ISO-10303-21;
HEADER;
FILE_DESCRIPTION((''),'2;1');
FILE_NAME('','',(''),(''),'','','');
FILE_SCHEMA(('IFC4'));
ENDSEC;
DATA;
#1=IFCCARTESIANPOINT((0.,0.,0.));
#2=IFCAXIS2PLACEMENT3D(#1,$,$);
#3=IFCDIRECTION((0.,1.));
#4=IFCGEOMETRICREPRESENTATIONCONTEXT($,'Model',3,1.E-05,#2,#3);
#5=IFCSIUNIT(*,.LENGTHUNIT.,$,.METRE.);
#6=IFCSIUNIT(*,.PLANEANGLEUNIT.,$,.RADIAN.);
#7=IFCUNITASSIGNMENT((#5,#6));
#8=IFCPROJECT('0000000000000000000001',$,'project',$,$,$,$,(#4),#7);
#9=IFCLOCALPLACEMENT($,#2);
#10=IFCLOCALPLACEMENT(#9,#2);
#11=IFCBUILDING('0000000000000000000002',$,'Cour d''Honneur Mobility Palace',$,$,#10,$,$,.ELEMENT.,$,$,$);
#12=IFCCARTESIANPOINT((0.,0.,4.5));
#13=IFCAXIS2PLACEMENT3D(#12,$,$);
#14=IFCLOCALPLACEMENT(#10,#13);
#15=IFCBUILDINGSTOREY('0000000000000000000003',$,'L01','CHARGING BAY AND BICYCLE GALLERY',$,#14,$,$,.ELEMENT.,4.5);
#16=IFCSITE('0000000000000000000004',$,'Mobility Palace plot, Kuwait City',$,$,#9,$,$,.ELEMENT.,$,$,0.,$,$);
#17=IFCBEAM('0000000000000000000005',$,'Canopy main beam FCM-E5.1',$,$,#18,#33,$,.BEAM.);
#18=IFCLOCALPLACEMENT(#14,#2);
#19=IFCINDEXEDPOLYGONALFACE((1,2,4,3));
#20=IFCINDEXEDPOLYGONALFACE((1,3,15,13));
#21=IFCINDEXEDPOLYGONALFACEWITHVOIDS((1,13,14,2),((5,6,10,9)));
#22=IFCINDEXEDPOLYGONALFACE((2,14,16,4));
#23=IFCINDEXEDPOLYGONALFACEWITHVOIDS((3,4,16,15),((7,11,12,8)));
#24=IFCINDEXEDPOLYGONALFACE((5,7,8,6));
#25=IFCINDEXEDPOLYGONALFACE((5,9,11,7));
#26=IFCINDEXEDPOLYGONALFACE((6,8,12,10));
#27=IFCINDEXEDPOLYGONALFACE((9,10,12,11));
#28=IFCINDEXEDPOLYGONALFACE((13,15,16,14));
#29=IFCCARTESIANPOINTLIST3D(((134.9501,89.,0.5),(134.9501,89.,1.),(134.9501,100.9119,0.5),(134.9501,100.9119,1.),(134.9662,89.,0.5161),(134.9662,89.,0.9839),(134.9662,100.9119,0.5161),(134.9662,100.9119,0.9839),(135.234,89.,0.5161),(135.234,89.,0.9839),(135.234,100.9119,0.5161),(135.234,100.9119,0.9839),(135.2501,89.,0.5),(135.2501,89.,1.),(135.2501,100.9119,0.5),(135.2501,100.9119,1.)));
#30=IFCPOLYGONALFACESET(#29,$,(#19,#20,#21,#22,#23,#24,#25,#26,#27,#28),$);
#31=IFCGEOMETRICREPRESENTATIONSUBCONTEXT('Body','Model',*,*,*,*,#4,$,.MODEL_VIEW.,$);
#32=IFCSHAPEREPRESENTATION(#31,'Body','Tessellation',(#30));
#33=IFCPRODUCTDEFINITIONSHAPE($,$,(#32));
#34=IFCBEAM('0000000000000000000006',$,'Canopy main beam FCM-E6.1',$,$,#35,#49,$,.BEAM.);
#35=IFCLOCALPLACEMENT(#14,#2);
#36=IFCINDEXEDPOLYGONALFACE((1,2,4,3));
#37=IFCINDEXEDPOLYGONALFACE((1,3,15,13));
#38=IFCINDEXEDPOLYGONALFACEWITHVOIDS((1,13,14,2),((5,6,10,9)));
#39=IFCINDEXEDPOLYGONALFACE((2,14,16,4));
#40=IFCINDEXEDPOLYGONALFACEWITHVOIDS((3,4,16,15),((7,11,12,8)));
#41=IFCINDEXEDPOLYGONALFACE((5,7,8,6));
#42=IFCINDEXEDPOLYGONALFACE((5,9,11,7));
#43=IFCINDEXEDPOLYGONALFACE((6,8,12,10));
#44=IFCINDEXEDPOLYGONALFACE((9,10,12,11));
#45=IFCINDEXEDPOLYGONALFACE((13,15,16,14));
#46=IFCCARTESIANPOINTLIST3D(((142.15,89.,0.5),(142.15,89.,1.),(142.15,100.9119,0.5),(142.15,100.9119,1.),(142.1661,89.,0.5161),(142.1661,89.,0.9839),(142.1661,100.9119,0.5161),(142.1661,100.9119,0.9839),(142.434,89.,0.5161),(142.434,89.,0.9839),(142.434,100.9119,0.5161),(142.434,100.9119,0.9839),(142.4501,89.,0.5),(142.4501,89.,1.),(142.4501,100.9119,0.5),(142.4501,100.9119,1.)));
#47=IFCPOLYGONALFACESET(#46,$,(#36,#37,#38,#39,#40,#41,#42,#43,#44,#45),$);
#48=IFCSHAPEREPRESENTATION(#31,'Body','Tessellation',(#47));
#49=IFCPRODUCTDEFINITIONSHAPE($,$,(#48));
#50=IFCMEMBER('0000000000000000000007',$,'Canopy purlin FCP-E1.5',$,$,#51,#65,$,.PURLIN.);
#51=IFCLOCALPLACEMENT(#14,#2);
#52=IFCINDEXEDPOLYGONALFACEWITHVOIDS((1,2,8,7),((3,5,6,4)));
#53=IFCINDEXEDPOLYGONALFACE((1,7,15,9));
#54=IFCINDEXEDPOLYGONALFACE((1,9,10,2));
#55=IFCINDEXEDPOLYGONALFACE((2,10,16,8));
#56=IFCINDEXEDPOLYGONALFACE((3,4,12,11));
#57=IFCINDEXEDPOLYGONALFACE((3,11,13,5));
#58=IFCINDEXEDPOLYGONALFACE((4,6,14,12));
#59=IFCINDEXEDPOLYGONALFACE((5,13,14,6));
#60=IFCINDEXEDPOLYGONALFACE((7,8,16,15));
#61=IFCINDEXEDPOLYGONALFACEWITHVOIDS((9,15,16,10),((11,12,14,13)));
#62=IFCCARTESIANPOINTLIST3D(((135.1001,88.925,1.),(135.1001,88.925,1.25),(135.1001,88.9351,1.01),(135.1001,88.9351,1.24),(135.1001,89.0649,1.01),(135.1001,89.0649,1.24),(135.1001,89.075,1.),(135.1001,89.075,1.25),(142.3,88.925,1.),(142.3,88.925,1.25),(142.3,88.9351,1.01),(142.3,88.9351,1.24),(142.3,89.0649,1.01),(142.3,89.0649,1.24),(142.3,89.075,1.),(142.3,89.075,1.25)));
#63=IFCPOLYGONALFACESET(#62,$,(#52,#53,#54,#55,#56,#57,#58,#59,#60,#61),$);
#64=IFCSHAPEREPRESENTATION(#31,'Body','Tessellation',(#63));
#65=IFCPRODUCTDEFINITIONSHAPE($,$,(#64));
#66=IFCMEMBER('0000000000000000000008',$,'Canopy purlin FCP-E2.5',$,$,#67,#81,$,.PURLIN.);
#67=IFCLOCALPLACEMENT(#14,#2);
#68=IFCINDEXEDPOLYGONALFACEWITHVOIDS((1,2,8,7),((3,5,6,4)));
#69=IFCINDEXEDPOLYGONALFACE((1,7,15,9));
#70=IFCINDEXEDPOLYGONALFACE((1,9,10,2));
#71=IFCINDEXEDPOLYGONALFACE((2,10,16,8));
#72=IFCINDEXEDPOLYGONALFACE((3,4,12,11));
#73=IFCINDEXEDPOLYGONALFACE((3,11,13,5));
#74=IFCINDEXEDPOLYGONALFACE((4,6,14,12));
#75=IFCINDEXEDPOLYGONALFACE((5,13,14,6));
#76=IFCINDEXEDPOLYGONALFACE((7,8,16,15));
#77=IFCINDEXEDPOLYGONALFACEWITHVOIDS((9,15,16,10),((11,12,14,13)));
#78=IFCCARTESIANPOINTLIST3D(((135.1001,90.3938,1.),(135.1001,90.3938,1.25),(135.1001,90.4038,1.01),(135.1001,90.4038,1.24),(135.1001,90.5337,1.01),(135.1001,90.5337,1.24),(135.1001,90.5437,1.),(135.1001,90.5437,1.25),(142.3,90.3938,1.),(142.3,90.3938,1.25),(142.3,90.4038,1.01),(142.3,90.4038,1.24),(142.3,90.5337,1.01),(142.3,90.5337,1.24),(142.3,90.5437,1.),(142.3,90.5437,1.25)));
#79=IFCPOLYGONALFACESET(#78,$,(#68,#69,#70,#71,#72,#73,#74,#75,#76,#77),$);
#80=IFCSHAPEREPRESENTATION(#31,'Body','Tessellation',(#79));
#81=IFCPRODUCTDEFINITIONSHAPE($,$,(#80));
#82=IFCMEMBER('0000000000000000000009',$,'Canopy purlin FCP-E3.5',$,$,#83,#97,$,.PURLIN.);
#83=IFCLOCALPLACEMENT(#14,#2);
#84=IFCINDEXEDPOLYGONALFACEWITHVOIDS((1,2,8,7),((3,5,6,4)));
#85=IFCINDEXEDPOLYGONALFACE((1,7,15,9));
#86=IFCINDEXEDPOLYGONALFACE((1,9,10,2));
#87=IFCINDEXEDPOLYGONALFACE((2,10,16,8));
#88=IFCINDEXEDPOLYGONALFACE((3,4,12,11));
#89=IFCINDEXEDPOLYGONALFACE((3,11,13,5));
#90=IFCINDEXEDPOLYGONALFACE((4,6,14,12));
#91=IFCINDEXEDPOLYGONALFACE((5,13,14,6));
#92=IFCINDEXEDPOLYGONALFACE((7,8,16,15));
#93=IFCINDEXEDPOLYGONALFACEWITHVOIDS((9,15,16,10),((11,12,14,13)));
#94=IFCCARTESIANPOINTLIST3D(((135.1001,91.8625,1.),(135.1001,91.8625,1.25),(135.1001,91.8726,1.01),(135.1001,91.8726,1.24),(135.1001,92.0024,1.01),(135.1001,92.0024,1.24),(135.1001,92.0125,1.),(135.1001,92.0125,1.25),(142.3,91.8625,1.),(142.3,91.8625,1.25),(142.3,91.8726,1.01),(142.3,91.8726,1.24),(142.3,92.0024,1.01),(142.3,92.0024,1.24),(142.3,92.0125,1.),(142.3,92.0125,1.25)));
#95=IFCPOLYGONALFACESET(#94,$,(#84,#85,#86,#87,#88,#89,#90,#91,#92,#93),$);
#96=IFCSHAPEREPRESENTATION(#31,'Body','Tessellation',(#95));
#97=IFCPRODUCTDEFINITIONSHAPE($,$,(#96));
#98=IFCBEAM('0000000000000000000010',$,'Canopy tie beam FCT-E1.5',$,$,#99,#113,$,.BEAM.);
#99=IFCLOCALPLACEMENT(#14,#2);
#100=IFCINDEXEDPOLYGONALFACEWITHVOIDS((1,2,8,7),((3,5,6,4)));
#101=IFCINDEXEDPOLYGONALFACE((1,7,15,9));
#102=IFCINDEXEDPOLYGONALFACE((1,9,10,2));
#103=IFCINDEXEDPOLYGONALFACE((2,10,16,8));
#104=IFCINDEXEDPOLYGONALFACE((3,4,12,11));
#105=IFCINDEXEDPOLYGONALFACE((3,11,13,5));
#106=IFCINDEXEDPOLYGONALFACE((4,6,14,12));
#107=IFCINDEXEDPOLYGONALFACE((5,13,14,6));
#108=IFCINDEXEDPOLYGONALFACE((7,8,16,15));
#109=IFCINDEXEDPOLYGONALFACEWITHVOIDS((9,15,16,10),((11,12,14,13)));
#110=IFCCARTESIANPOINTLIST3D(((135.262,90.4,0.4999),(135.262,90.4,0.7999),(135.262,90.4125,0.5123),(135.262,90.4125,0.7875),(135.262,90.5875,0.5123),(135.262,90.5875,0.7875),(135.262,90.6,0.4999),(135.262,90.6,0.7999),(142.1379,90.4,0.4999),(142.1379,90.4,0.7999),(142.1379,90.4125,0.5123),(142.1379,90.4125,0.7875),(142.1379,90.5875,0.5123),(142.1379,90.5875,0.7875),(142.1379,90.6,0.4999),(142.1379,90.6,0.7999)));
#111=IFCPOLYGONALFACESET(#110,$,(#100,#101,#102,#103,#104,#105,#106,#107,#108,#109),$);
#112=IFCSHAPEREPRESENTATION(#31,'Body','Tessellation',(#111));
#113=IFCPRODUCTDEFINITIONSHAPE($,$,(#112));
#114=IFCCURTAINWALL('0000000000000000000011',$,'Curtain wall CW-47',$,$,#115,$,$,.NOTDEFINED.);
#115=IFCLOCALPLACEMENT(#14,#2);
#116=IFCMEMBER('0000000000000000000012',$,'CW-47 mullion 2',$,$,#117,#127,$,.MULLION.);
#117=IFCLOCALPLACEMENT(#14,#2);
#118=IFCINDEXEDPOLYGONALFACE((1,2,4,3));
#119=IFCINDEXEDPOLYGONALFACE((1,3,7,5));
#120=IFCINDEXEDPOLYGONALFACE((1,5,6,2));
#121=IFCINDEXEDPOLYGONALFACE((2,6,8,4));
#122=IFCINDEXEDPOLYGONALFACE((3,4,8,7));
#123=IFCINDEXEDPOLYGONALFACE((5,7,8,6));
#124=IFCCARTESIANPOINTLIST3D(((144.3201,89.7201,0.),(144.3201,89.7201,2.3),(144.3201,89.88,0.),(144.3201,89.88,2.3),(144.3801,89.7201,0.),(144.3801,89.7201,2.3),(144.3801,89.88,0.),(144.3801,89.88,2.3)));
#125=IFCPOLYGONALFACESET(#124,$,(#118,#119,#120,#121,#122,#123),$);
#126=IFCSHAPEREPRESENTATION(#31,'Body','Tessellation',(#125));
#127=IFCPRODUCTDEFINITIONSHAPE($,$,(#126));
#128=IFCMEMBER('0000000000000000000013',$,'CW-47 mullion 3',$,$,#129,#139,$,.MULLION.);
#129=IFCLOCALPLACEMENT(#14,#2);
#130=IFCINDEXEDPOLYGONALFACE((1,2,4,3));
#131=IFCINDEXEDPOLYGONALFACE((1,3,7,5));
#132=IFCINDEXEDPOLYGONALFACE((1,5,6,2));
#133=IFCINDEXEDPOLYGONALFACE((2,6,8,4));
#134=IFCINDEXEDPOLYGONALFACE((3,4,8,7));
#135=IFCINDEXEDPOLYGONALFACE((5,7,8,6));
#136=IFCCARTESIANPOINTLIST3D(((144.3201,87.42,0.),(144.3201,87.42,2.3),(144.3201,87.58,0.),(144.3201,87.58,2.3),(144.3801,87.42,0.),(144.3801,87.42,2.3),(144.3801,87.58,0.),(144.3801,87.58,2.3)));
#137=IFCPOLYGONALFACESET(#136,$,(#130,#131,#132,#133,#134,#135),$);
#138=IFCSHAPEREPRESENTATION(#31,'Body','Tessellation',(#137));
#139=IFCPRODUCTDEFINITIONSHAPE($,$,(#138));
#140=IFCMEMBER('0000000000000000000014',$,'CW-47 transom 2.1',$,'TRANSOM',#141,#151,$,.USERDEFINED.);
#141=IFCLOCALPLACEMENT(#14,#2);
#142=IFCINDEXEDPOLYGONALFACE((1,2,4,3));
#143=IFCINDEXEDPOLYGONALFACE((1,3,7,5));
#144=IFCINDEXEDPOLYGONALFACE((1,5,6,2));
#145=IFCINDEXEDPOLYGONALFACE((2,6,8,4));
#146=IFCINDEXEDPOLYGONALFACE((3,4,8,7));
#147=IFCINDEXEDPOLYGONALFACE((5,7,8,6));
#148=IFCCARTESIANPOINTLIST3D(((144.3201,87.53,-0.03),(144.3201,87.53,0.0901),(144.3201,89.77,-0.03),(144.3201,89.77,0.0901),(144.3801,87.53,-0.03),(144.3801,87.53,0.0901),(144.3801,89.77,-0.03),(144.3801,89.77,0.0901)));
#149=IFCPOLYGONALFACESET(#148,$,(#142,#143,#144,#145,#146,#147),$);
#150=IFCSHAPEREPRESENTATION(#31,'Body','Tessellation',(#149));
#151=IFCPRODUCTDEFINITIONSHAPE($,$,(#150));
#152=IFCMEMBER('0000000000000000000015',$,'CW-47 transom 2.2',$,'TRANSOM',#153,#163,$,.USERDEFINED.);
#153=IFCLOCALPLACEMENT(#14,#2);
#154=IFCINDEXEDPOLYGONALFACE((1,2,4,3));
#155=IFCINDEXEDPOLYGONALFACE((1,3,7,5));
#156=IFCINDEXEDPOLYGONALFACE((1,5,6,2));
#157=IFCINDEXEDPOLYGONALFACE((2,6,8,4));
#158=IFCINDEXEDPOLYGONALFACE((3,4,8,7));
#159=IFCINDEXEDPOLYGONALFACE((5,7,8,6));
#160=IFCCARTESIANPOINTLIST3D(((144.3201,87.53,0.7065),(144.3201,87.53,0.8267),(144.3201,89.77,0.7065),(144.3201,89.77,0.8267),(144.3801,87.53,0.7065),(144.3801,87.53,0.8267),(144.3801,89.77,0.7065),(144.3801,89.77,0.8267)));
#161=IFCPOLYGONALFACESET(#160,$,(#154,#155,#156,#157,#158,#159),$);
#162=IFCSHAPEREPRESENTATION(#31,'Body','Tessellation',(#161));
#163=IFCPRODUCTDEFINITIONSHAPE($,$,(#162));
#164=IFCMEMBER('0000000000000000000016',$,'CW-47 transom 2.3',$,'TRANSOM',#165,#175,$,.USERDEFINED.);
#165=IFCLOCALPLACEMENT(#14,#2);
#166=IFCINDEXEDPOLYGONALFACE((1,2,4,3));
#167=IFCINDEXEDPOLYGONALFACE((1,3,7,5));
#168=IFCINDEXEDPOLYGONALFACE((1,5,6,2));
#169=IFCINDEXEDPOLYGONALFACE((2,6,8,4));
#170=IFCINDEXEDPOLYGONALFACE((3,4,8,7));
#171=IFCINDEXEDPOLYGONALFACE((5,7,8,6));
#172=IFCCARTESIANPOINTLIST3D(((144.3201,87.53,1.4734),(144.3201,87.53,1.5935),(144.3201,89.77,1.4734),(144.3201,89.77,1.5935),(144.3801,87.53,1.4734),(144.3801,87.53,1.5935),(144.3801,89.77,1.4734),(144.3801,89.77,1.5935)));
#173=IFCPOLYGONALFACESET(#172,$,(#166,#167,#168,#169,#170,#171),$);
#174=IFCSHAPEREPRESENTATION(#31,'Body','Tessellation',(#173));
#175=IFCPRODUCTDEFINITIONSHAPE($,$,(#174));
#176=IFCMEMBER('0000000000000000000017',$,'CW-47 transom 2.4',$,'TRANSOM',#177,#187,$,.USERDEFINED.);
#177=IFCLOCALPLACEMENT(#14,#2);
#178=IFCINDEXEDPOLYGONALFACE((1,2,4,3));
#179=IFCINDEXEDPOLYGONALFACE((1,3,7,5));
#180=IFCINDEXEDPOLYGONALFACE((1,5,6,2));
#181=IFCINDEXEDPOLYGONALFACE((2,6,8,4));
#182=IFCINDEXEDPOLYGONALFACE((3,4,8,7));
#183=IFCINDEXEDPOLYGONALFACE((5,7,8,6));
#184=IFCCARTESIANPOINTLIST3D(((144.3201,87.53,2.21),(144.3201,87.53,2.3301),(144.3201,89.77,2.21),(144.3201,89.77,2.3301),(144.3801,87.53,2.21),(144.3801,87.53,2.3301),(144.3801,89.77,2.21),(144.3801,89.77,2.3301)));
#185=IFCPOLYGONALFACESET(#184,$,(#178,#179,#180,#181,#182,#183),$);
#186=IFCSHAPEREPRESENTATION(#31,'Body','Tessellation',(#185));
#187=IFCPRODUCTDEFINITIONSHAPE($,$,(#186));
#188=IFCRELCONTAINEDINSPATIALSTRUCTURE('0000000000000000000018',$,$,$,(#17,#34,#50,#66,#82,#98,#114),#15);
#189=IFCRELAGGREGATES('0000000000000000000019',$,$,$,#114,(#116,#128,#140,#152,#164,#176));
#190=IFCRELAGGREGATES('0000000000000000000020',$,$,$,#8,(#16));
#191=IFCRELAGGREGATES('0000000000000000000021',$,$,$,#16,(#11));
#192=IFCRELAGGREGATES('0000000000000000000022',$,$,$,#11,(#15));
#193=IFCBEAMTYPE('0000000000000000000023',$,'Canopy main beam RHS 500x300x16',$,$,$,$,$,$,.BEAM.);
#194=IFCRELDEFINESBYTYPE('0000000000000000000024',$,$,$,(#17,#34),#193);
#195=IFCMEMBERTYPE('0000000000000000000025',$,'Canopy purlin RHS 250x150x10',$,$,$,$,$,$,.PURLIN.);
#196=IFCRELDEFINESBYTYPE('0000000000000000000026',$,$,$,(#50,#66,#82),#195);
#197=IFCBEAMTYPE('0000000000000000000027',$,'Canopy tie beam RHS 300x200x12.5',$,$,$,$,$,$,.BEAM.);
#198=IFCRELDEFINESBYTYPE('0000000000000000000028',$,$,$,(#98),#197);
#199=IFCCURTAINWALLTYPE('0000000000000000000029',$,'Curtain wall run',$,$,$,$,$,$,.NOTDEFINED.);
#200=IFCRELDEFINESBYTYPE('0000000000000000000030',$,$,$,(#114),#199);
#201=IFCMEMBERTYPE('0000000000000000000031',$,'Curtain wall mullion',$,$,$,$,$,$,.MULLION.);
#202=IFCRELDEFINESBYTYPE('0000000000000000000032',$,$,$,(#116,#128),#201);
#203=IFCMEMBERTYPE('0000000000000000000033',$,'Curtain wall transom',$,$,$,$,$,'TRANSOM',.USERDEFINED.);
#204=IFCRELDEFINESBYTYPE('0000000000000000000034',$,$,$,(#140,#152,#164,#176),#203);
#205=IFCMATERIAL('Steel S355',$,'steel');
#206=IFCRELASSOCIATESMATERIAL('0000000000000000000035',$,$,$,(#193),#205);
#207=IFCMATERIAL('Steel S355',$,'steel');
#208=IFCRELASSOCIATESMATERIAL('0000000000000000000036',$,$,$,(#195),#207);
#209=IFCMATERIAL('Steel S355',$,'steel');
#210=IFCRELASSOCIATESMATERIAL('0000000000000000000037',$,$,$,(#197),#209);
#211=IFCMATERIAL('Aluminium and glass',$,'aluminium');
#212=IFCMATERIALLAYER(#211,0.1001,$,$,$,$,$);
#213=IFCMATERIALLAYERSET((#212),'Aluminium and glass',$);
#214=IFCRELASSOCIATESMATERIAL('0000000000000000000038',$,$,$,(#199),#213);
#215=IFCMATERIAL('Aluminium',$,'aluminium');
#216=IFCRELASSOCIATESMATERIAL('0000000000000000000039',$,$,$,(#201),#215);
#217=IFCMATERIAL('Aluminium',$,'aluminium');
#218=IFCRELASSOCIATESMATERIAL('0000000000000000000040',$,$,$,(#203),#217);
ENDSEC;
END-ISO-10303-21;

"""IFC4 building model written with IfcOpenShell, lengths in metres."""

from ifc_helpers import new_model, si_unit, direction, frame, origin, origin_2d, place, context, subcontext, project, spatial, rectangle, hollow_rectangle, extrude, material, layer, layer_set, material_profile, profile_set, type_object, element, aggregate, save


model = new_model("IFC4")

# Units and contexts
model_context = context("Model", 3, precision=1e-05, world=origin(), true_north=direction((0.0, 1.0)))
body_context = subcontext(model_context, "Body", "Model", "MODEL_VIEW")
ifc_project = project(units=[si_unit("LENGTHUNIT", "METRE"), si_unit("PLANEANGLEUNIT", "RADIAN")], contexts=[model_context])

# Site, building, storey
site_placement = place(None, origin())
site = spatial("IfcSite", under=ifc_project, at=site_placement, Name="Mobility Palace plot, Kuwait City", CompositionType="ELEMENT", RefElevation=0.0)
building_placement = place(site_placement, origin())
building = spatial("IfcBuilding", under=site, at=building_placement, Name="Cour d'Honneur Mobility Palace", CompositionType="ELEMENT")
storey_placement = place(building_placement, frame((0.0, 0.0, 4.5)))
storey = spatial("IfcBuildingStorey", under=building, at=storey_placement, Name="L01", Description="CHARGING BAY AND BICYCLE GALLERY", CompositionType="ELEMENT", Elevation=4.5)

# Beams
ifc_material_1 = material(Name="Steel S355", Category="steel")
ifc_material_profile_1 = material_profile(ifc_material_1, hollow_rectangle(XDim=0.3, YDim=0.5, WallThickness=0.0161, at=origin_2d()), Name="RHS 500x300x16")
ifc_profile_set_1 = profile_set([ifc_material_profile_1], Name="Steel S355")
beam_type_1 = type_object("IfcBeamType", Name="Canopy main beam RHS 500x300x16", PredefinedType="BEAM", material=ifc_profile_set_1)
for number, where, z_axis, x_axis, name in (
    (1, (135.1001, 89.0, 0.75), (0.0, 1.0, 0.0), (-1.0, 0.0, 0.0), "Canopy main beam FCM-E5.1"),
    (2, (142.3, 89.0, 0.75), (0.0, 1.0, 0.0), (-1.0, 0.0, 0.0), "Canopy main beam FCM-E6.1"),
):
    element("IfcBeam", number, at=place(storey_placement, frame(where, z_axis=z_axis, x_axis=x_axis)), inside=storey, type_object=beam_type_1, Name=name, PredefinedType="BEAM", context=body_context, shape_type="SweptSolid", body=[
        extrude(hollow_rectangle(XDim=0.3, YDim=0.5, WallThickness=0.0161, at=origin_2d()), origin(), (0.0, 0.0, 1.0), 11.9119),
    ])

# Members
ifc_material_2 = material(Name="Steel S355", Category="steel")
ifc_material_profile_2 = material_profile(ifc_material_2, hollow_rectangle(XDim=0.1499, YDim=0.25, WallThickness=0.01, at=origin_2d()), Name="RHS 250x150x10")
ifc_profile_set_2 = profile_set([ifc_material_profile_2], Name="Steel S355")
member_type_1 = type_object("IfcMemberType", Name="Canopy purlin RHS 250x150x10", PredefinedType="PURLIN", material=ifc_profile_set_2)
for number, where, z_axis, x_axis, name in (
    (3, (135.1001, 89.0, 1.125), (1.0, 0.0, 0.0), (0.0, 1.0, 0.0), "Canopy purlin FCP-E1.5"),
    (4, (135.1001, 90.4688, 1.125), (1.0, 0.0, 0.0), (0.0, 1.0, 0.0), "Canopy purlin FCP-E2.5"),
    (5, (135.1001, 91.9375, 1.125), (1.0, 0.0, 0.0), (0.0, 1.0, 0.0), "Canopy purlin FCP-E3.5"),
):
    element("IfcMember", number, at=place(storey_placement, frame(where, z_axis=z_axis, x_axis=x_axis)), inside=storey, type_object=member_type_1, Name=name, PredefinedType="PURLIN", context=body_context, shape_type="SweptSolid", body=[
        extrude(hollow_rectangle(XDim=0.1499, YDim=0.25, WallThickness=0.01, at=origin_2d()), origin(), (0.0, 0.0, 1.0), 7.2),
    ])

# Beam
ifc_material_3 = material(Name="Steel S355", Category="steel")
ifc_material_profile_3 = material_profile(ifc_material_3, hollow_rectangle(XDim=0.2, YDim=0.3, WallThickness=0.0125, at=origin_2d()), Name="RHS 300x200x12.5")
ifc_profile_set_3 = profile_set([ifc_material_profile_3], Name="Steel S355")
beam_type_2 = type_object("IfcBeamType", Name="Canopy tie beam RHS 300x200x12.5", PredefinedType="BEAM", material=ifc_profile_set_3)
beam_placement = place(storey_placement, frame((135.262, 90.5, 0.6499), z_axis=(1.0, 0.0, 0.0), x_axis=(0.0, 1.0, 0.0)))
element("IfcBeam", 6, at=beam_placement, inside=storey, type_object=beam_type_2, Name="Canopy tie beam FCT-E1.5", PredefinedType="BEAM", context=body_context, shape_type="SweptSolid", body=[
    extrude(hollow_rectangle(XDim=0.2, YDim=0.3, WallThickness=0.0125, at=origin_2d()), origin(), (0.0, 0.0, 1.0), 6.876),
])

# Curtain wall, members
ifc_material_4 = material(Name="Aluminium and glass", Category="aluminium")
ifc_layer_1 = layer(ifc_material_4, 0.1001)
ifc_layer_set_1 = layer_set([ifc_layer_1], Name="Aluminium and glass")
curtain_wall_type = type_object("IfcCurtainWallType", Name="Curtain wall run", PredefinedType="NOTDEFINED", material=ifc_layer_set_1)
curtain_wall_placement = place(storey_placement, origin())
curtain_wall = element("IfcCurtainWall", 7, at=curtain_wall_placement, inside=storey, type_object=curtain_wall_type, Name="Curtain wall CW-47", PredefinedType="NOTDEFINED")
ifc_material_5 = material(Name="Aluminium", Category="aluminium")
ifc_material_profile_4 = material_profile(ifc_material_5, rectangle(XDim=0.0601, YDim=0.1599, at=origin_2d()), Name="Curtain wall mullion")
ifc_profile_set_4 = profile_set([ifc_material_profile_4], Name="Aluminium")
member_type_2 = type_object("IfcMemberType", Name="Curtain wall mullion", PredefinedType="MULLION", material=ifc_profile_set_4)
member_1_placement = place(storey_placement, frame((144.3501, 89.8, 0.0), z_axis=(0.0, 0.0, 1.0), x_axis=(1.0, 0.0, 0.0)))
member_1 = element("IfcMember", 8, at=member_1_placement, type_object=member_type_2, Name="CW-47 mullion 2", PredefinedType="MULLION", context=body_context, shape_type="SweptSolid", body=[
    extrude(rectangle(XDim=0.0601, YDim=0.1599, at=origin_2d()), origin(), (0.0, 0.0, 1.0), 2.3),
])
member_2_placement = place(storey_placement, frame((144.3501, 87.5, 0.0), z_axis=(0.0, 0.0, 1.0), x_axis=(1.0, 0.0, 0.0)))
member_2 = element("IfcMember", 9, at=member_2_placement, type_object=member_type_2, Name="CW-47 mullion 3", PredefinedType="MULLION", context=body_context, shape_type="SweptSolid", body=[
    extrude(rectangle(XDim=0.0601, YDim=0.1599, at=origin_2d()), origin(), (0.0, 0.0, 1.0), 2.3),
])
ifc_material_6 = material(Name="Aluminium", Category="aluminium")
ifc_material_profile_5 = material_profile(ifc_material_6, rectangle(XDim=0.0601, YDim=0.1201, at=origin_2d()), Name="Curtain wall transom")
ifc_profile_set_5 = profile_set([ifc_material_profile_5], Name="Aluminium")
member_type_3 = type_object("IfcMemberType", Name="Curtain wall transom", ElementType="TRANSOM", PredefinedType="USERDEFINED", material=ifc_profile_set_5)
member_3_placement = place(storey_placement, frame((144.3501, 89.77, 0.03), z_axis=(0.0, -1.0, 0.0), x_axis=(1.0, 0.0, 0.0)))
member_3 = element("IfcMember", 10, at=member_3_placement, type_object=member_type_3, Name="CW-47 transom 2.1", ObjectType="TRANSOM", PredefinedType="USERDEFINED", context=body_context, shape_type="SweptSolid", body=[
    extrude(rectangle(XDim=0.0601, YDim=0.1201, at=origin_2d()), origin(), (0.0, 0.0, 1.0), 2.24),
])
member_4_placement = place(storey_placement, frame((144.3501, 89.77, 0.7666), z_axis=(0.0, -1.0, 0.0), x_axis=(1.0, 0.0, 0.0)))
member_4 = element("IfcMember", 11, at=member_4_placement, type_object=member_type_3, Name="CW-47 transom 2.2", ObjectType="TRANSOM", PredefinedType="USERDEFINED", context=body_context, shape_type="SweptSolid", body=[
    extrude(rectangle(XDim=0.0601, YDim=0.1201, at=origin_2d()), origin(), (0.0, 0.0, 1.0), 2.24),
])
member_5_placement = place(storey_placement, frame((144.3501, 89.77, 1.5334), z_axis=(0.0, -1.0, 0.0), x_axis=(1.0, 0.0, 0.0)))
member_5 = element("IfcMember", 12, at=member_5_placement, type_object=member_type_3, Name="CW-47 transom 2.3", ObjectType="TRANSOM", PredefinedType="USERDEFINED", context=body_context, shape_type="SweptSolid", body=[
    extrude(rectangle(XDim=0.0601, YDim=0.1201, at=origin_2d()), origin(), (0.0, 0.0, 1.0), 2.24),
])
member_6_placement = place(storey_placement, frame((144.3501, 89.77, 2.27), z_axis=(0.0, -1.0, 0.0), x_axis=(1.0, 0.0, 0.0)))
member_6 = element("IfcMember", 13, at=member_6_placement, type_object=member_type_3, Name="CW-47 transom 2.4", ObjectType="TRANSOM", PredefinedType="USERDEFINED", context=body_context, shape_type="SweptSolid", body=[
    extrude(rectangle(XDim=0.0601, YDim=0.1201, at=origin_2d()), origin(), (0.0, 0.0, 1.0), 2.24),
])
aggregate(curtain_wall, [member_1, member_2, member_3, member_4, member_5, member_6])

save(model, "model.ifc")
